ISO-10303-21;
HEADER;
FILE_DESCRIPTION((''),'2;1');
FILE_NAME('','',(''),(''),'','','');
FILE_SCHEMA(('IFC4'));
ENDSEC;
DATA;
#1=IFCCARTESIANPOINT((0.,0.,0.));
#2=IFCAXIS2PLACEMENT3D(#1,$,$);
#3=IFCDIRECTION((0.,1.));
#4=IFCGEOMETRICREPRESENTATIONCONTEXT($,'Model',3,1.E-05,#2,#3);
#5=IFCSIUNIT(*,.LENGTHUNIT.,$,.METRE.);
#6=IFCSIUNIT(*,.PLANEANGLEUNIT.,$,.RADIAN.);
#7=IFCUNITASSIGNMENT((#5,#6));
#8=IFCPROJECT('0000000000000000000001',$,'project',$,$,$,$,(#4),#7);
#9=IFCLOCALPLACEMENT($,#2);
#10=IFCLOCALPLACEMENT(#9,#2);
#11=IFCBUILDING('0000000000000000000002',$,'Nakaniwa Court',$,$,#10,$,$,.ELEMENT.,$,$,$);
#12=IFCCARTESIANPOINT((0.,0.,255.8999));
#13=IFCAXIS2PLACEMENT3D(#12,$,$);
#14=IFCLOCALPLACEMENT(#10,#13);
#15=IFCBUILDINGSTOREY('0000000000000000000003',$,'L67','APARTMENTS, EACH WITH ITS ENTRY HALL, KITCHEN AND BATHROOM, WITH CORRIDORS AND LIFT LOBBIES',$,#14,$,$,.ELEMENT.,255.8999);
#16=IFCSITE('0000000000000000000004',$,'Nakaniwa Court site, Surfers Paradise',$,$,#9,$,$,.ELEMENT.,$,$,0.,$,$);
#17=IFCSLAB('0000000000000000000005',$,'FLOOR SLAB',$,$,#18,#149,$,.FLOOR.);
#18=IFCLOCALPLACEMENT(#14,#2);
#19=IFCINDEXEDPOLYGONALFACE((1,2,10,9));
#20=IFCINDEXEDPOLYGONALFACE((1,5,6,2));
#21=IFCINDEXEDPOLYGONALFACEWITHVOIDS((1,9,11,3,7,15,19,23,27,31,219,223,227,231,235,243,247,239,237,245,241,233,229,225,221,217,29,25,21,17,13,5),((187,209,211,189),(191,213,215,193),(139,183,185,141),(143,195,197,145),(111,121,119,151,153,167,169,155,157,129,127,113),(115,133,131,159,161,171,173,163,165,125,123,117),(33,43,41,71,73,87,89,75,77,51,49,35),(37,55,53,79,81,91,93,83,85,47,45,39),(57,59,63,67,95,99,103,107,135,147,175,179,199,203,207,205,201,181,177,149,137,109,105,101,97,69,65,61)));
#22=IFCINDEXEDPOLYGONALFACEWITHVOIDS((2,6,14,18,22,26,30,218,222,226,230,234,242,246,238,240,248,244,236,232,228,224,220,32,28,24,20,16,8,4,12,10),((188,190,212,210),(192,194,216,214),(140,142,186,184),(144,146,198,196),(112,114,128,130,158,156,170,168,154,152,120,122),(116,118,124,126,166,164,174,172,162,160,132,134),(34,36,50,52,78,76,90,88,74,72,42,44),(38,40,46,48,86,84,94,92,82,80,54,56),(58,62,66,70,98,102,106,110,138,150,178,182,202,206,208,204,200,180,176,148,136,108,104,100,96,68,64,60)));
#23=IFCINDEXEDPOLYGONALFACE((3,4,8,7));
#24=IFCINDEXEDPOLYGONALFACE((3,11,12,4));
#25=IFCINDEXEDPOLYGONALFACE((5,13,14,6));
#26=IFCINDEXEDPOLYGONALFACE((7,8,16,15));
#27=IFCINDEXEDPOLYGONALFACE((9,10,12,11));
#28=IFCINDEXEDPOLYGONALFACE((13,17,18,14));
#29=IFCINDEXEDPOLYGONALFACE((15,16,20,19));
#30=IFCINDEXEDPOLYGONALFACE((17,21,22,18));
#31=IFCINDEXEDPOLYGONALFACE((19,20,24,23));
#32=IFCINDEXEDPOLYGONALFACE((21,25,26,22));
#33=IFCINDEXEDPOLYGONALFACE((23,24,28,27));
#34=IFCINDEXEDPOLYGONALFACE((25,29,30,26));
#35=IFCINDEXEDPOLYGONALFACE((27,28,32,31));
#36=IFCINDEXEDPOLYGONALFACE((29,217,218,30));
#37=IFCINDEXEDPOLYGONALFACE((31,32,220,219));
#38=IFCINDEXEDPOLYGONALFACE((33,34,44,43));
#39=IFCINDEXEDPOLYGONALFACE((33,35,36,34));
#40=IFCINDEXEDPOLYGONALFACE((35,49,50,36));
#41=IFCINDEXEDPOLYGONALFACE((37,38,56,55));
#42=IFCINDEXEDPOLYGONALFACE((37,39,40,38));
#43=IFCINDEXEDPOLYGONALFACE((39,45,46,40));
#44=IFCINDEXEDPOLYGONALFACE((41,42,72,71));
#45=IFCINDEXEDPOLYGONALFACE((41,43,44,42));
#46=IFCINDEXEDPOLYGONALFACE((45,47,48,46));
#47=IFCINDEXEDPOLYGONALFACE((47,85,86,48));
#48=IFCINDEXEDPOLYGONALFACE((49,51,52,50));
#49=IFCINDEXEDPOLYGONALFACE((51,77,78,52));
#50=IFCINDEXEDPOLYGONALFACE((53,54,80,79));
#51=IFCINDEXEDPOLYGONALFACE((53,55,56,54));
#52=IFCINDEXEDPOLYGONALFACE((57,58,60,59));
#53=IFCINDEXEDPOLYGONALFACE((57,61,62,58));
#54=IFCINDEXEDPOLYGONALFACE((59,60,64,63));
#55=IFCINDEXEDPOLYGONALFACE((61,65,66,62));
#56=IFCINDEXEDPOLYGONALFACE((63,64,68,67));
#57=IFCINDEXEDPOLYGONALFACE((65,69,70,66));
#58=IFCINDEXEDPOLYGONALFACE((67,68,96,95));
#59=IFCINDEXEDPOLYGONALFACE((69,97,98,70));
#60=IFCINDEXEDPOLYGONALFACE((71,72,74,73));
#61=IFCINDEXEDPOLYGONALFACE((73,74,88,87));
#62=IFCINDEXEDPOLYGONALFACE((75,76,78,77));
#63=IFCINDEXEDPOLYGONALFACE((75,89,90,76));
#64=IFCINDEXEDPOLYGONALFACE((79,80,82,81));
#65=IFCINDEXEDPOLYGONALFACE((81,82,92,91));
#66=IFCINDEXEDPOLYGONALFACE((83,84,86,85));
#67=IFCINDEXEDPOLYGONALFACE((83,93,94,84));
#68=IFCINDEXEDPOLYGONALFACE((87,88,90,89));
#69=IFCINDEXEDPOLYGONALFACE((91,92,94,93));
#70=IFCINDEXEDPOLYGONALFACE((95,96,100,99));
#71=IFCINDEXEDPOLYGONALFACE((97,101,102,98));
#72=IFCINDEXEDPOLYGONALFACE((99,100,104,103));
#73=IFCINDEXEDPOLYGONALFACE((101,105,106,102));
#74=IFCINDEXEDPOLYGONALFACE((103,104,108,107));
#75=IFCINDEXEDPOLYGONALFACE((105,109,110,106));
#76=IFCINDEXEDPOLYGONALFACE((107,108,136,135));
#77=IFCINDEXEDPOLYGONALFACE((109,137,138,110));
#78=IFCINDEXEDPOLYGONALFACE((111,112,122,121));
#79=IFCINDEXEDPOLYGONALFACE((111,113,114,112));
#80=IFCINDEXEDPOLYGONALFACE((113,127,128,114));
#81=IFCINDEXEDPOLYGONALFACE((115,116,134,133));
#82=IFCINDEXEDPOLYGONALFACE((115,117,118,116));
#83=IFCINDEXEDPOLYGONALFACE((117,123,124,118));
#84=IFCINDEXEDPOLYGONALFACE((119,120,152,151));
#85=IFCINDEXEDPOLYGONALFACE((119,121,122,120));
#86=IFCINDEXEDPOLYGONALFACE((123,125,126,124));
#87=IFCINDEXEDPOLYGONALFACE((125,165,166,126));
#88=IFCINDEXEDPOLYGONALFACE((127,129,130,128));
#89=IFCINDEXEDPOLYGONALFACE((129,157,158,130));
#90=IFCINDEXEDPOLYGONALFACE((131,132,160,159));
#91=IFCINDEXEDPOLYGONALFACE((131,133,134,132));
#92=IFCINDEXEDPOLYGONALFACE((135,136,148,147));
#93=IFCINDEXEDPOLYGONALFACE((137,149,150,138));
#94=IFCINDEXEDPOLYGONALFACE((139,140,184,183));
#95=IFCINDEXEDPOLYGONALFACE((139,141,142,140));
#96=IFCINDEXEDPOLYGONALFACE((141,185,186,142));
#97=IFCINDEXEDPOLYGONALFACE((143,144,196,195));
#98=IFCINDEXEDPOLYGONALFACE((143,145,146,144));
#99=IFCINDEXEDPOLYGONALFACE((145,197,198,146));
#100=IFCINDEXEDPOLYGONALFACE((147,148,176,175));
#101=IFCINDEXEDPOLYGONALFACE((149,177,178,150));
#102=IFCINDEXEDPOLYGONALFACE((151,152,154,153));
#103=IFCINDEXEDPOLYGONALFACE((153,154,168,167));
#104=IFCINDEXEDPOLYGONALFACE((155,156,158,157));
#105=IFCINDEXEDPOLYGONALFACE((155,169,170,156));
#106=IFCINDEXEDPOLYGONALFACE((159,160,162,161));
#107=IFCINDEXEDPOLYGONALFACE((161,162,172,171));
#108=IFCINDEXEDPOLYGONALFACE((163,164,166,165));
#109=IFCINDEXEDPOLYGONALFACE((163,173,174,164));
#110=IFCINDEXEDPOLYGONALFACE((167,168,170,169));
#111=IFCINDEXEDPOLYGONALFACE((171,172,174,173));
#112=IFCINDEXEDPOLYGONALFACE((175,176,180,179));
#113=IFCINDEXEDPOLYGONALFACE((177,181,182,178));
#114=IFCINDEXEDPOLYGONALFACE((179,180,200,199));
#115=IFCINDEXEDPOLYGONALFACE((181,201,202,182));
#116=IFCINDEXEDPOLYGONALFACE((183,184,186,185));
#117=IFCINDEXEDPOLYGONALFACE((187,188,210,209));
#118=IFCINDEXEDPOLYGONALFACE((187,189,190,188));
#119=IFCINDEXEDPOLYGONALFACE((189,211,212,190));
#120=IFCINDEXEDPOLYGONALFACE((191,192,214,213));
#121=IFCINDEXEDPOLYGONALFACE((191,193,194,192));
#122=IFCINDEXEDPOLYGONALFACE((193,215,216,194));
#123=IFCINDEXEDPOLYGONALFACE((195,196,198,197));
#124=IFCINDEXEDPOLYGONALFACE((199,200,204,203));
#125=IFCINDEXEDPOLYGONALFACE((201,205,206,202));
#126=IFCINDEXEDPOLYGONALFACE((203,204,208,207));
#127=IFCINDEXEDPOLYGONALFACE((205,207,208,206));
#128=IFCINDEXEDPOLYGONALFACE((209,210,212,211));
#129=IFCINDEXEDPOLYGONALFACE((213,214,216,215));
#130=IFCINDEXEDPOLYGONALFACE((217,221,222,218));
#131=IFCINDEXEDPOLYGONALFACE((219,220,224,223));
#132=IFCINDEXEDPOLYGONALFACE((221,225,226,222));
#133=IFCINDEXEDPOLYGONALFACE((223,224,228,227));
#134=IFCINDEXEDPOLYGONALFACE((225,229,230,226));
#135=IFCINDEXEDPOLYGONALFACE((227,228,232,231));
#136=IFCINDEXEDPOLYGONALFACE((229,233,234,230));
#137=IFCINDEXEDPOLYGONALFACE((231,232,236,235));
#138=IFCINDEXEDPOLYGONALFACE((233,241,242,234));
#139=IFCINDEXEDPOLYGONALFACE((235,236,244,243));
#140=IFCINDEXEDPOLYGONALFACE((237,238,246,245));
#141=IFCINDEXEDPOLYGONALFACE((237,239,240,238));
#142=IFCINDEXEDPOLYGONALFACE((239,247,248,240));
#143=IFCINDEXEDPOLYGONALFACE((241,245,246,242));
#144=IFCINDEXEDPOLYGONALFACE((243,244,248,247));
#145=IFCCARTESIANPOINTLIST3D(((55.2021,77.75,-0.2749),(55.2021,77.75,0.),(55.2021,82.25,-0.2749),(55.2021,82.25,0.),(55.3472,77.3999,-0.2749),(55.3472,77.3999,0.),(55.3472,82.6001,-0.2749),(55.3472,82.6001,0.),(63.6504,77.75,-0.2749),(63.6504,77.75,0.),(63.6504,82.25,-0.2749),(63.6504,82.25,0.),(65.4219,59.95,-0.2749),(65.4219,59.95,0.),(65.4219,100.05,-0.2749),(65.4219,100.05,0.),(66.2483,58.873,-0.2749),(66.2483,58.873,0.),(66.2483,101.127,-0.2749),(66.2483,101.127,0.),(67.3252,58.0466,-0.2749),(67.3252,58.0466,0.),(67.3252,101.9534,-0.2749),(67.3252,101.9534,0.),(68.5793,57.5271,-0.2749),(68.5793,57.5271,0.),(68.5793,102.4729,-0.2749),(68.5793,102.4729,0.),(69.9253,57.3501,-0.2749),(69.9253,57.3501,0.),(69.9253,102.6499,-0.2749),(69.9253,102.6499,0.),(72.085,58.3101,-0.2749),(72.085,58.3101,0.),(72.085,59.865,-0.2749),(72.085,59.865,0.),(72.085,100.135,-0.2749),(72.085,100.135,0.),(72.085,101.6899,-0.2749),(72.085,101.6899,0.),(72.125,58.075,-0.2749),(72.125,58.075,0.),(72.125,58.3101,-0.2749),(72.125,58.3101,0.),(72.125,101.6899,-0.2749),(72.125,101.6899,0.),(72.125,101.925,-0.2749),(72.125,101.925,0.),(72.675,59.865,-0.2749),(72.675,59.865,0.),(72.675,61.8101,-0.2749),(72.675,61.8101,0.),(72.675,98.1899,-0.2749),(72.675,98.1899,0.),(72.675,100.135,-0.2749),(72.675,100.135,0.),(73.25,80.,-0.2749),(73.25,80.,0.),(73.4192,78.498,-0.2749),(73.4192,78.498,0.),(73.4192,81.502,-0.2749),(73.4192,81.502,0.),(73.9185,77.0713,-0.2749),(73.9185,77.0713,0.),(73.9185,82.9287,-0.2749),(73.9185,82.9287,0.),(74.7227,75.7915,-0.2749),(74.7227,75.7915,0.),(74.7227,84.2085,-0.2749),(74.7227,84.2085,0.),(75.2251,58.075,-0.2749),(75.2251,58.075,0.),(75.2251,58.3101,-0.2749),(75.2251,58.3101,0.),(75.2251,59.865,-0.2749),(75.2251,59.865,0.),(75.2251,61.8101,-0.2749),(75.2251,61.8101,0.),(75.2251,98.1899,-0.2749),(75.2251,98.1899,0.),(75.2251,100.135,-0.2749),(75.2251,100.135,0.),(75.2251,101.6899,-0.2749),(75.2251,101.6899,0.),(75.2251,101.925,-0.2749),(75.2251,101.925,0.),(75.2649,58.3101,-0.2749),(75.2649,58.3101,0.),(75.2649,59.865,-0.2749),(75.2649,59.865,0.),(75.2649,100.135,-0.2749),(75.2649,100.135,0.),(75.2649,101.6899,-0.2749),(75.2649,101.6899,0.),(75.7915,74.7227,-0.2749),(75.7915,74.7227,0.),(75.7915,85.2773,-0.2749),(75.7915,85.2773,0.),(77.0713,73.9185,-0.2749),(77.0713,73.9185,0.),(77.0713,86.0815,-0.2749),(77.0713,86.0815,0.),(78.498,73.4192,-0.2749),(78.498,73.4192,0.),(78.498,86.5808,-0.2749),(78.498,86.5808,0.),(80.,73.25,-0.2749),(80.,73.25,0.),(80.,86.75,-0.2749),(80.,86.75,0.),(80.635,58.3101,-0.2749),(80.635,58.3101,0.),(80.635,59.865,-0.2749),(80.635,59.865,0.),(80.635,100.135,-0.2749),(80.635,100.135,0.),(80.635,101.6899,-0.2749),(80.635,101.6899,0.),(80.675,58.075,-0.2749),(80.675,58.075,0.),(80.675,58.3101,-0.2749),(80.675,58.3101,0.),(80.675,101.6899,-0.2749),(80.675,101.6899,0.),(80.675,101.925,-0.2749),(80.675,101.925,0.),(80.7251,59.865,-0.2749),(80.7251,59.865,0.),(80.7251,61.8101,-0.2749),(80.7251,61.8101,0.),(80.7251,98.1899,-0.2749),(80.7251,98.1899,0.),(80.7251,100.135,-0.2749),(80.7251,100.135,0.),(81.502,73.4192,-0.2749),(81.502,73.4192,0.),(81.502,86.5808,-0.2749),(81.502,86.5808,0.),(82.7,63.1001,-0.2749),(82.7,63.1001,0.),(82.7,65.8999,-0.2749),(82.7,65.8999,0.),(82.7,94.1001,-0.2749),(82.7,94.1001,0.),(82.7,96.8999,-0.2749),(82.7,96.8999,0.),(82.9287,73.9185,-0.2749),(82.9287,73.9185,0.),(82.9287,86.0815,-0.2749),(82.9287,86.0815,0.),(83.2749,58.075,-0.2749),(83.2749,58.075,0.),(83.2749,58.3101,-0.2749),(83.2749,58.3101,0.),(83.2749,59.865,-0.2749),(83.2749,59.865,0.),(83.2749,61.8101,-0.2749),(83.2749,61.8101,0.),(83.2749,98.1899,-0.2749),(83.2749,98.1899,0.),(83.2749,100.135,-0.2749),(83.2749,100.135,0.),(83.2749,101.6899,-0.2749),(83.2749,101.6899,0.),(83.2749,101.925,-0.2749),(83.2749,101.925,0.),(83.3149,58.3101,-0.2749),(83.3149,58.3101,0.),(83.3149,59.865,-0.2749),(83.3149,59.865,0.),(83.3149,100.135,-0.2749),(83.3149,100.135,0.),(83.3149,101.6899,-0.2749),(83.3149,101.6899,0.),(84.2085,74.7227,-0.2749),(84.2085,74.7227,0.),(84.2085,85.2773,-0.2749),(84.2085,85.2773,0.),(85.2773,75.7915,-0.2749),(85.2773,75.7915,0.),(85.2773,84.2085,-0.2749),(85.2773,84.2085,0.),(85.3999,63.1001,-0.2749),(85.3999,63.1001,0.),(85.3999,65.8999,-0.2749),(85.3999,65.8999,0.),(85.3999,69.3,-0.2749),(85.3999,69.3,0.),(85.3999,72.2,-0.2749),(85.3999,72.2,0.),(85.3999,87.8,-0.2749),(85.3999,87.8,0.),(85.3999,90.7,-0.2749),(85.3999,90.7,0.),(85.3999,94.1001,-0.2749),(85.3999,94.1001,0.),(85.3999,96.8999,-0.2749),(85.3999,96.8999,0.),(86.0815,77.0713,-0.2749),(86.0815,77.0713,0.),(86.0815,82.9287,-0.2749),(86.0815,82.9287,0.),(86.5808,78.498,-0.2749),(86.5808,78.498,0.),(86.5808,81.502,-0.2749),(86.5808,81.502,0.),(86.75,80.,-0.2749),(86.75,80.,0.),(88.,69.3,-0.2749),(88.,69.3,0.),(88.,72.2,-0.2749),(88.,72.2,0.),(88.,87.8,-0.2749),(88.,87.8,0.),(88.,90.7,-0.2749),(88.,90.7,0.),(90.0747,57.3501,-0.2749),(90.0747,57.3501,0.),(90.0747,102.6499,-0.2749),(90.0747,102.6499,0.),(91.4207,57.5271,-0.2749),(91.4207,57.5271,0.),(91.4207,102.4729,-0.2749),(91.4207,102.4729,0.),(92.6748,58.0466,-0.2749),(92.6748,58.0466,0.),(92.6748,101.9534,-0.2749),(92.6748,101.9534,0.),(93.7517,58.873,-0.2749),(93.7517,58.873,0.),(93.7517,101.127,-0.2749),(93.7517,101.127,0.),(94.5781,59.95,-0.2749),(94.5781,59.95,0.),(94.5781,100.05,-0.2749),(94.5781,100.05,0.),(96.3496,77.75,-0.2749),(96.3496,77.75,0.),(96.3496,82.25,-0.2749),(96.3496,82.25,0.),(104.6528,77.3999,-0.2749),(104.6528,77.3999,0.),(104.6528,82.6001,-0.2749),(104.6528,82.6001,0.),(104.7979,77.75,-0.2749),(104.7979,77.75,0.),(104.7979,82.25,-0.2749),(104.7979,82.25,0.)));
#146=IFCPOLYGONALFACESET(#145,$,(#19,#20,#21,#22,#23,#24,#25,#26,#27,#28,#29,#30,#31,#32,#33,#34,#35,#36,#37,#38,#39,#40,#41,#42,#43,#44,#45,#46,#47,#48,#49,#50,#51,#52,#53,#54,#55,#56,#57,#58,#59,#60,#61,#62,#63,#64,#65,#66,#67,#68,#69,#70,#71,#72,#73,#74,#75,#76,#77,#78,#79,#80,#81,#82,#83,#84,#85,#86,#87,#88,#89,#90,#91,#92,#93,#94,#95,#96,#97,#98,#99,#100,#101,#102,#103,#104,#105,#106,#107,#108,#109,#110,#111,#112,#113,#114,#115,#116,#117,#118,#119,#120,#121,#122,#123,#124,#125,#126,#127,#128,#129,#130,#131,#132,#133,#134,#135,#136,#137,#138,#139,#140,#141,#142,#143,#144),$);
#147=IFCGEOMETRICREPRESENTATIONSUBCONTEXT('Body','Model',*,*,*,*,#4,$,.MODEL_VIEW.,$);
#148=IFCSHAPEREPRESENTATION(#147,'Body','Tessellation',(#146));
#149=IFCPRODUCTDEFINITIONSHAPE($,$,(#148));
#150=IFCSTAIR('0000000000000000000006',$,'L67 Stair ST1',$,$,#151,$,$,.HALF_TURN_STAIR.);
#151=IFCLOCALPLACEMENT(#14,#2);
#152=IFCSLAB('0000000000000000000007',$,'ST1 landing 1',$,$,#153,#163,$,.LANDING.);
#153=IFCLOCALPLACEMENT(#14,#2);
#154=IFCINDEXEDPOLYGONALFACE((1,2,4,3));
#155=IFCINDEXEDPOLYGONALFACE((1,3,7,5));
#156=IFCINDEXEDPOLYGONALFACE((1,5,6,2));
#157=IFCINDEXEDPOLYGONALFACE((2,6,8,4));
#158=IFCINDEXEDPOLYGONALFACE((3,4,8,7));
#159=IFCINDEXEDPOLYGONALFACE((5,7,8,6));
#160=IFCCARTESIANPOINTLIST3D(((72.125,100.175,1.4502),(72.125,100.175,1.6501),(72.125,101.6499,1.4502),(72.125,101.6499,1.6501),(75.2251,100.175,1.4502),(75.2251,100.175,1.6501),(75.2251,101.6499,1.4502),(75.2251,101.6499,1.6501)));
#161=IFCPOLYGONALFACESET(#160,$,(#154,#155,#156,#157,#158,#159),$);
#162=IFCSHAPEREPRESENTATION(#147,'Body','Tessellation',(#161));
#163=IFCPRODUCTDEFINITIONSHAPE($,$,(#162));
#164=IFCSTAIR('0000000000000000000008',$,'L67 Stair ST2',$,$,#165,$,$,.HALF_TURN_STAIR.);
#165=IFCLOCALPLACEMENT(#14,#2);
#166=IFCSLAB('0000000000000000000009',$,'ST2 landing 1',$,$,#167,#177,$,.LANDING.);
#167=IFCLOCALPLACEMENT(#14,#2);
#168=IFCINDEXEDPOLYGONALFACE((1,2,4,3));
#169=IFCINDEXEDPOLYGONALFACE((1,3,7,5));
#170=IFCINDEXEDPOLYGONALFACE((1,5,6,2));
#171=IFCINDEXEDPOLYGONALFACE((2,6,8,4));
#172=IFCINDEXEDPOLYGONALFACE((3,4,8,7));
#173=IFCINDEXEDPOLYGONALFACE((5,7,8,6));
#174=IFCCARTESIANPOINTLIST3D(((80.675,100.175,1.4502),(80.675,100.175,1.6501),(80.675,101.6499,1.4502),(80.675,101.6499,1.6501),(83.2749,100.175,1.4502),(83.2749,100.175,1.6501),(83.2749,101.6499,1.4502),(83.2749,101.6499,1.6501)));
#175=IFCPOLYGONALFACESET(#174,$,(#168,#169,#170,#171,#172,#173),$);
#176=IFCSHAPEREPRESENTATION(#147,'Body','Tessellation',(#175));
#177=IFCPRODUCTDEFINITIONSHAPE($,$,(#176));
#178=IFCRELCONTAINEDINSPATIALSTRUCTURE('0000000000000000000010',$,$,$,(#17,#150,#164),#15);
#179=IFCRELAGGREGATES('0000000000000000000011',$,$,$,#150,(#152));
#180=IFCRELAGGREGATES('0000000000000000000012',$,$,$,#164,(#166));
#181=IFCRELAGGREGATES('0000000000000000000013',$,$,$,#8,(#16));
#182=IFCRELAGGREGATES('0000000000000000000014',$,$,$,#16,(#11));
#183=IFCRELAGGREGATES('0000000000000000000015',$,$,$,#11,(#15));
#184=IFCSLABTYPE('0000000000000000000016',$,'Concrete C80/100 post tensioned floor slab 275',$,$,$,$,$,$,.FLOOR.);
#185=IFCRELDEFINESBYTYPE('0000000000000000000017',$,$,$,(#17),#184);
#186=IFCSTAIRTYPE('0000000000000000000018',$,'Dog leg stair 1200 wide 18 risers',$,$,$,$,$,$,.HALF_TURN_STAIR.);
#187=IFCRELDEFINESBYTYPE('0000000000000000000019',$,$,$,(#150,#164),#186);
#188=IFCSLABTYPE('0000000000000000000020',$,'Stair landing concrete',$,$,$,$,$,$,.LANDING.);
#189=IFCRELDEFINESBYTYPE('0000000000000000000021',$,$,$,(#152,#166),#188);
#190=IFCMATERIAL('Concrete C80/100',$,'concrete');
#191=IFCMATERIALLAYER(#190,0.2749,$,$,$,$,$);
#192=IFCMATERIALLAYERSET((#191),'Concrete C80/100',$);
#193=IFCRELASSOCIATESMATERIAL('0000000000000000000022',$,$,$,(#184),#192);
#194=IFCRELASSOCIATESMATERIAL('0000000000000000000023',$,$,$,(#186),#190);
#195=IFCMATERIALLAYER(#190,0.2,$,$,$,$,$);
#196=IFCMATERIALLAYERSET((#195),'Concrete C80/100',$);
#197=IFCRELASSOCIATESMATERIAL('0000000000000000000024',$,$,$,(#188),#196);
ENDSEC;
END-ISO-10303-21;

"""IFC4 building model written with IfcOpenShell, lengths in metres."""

from ifc_helpers import new_model, si_unit, direction, frame, origin, place, context, subcontext, project, spatial, polyline, outline, extrude, material, layer, layer_set, type_object, element, aggregate, save


model = new_model("IFC4")

# Units and contexts
model_context = context("Model", 3, precision=1e-05, world=origin(), true_north=direction((0.0, 1.0)))
body_context = subcontext(model_context, "Body", "Model", "MODEL_VIEW")
ifc_project = project(units=[si_unit("LENGTHUNIT", "METRE"), si_unit("PLANEANGLEUNIT", "RADIAN")], contexts=[model_context])

# Site, building, storey
site_placement = place(None, origin())
site = spatial("IfcSite", under=ifc_project, at=site_placement, Name="Nakaniwa Court site, Surfers Paradise", CompositionType="ELEMENT", RefElevation=0.0)
building_placement = place(site_placement, origin())
building = spatial("IfcBuilding", under=site, at=building_placement, Name="Nakaniwa Court", CompositionType="ELEMENT")
storey_placement = place(building_placement, frame((0.0, 0.0, 255.8999)))
storey = spatial("IfcBuildingStorey", under=building, at=storey_placement, Name="L67", Description="APARTMENTS, EACH WITH ITS ENTRY HALL, KITCHEN AND BATHROOM, WITH CORRIDORS AND LIFT LOBBIES", CompositionType="ELEMENT", Elevation=255.8999)

# Shared definitions
ifc_material_1 = material(Name="Concrete C80/100", Category="concrete")

# Slab
ifc_layer_1 = layer(ifc_material_1, 0.2749)
ifc_layer_set_1 = layer_set([ifc_layer_1], Name="Concrete C80/100")
slab_type_1 = type_object("IfcSlabType", Name="Concrete C80/100 post tensioned floor slab 275", PredefinedType="FLOOR", material=ifc_layer_set_1)
slab_1_placement = place(storey_placement, frame((0.0, 0.0, -0.2749)))
element("IfcSlab", 1, at=slab_1_placement, inside=storey, type_object=slab_type_1, Name="FLOOR SLAB", PredefinedType="FLOOR", context=body_context, shape_type="SweptSolid", body=[
    extrude(outline(polyline([(96.3496, 82.25), (104.7979, 82.25), (104.6528, 82.6001), (94.5781, 100.05), (93.7517, 101.127), (92.6748, 101.9534), (91.4207, 102.4729), (90.0747, 102.6499), (69.9253, 102.6499), (68.5793, 102.4729), (67.3252, 101.9534), (66.2483, 101.127), (65.4219, 100.05), (55.3472, 82.6001), (55.2021, 82.25), (63.6504, 82.25), (63.6504, 77.75), (55.2021, 77.75), (55.3472, 77.3999), (65.4219, 59.95), (66.2483, 58.873), (67.3252, 58.0466), (68.5793, 57.5271), (69.9253, 57.3501), (90.0747, 57.3501), (91.4207, 57.5271), (92.6748, 58.0466), (93.7517, 58.873), (94.5781, 59.95), (104.6528, 77.3999), (104.7979, 77.75), (96.3496, 77.75), (96.3496, 82.25)]), holes=[polyline([(81.502, 86.5808), (80.0, 86.75), (78.498, 86.5808), (77.0713, 86.0815), (75.7915, 85.2773), (74.7227, 84.2085), (73.9185, 82.9287), (73.4192, 81.502), (73.25, 80.0), (73.4192, 78.498), (73.9185, 77.0713), (74.7227, 75.7915), (75.7915, 74.7227), (77.0713, 73.9185), (78.498, 73.4192), (80.0, 73.25), (81.502, 73.4192), (82.9287, 73.9185), (84.2085, 74.7227), (85.2773, 75.7915), (86.0815, 77.0713), (86.5808, 78.498), (86.75, 80.0), (86.5808, 81.502), (86.0815, 82.9287), (85.2773, 84.2085), (84.2085, 85.2773), (82.9287, 86.0815), (81.502, 86.5808)]), polyline([(72.675, 61.8101), (72.675, 59.865), (72.085, 59.865), (72.085, 58.3101), (72.125, 58.3101), (72.125, 58.075), (75.2251, 58.075), (75.2251, 58.3101), (75.2649, 58.3101), (75.2649, 59.865), (75.2251, 59.865), (75.2251, 61.8101), (72.675, 61.8101)]), polyline([(83.2749, 61.8101), (80.7251, 61.8101), (80.7251, 59.865), (80.635, 59.865), (80.635, 58.3101), (80.675, 58.3101), (80.675, 58.075), (83.2749, 58.075), (83.2749, 58.3101), (83.3149, 58.3101), (83.3149, 59.865), (83.2749, 59.865), (83.2749, 61.8101)]), polyline([(75.2649, 101.6899), (75.2251, 101.6899), (75.2251, 101.925), (72.125, 101.925), (72.125, 101.6899), (72.085, 101.6899), (72.085, 100.135), (72.675, 100.135), (72.675, 98.1899), (75.2251, 98.1899), (75.2251, 100.135), (75.2649, 100.135), (75.2649, 101.6899)]), polyline([(83.3149, 100.135), (83.3149, 101.6899), (83.2749, 101.6899), (83.2749, 101.925), (80.675, 101.925), (80.675, 101.6899), (80.635, 101.6899), (80.635, 100.135), (80.7251, 100.135), (80.7251, 98.1899), (83.2749, 98.1899), (83.2749, 100.135), (83.3149, 100.135)]), polyline([(85.3999, 65.8999), (82.7, 65.8999), (82.7, 63.1001), (85.3999, 63.1001), (85.3999, 65.8999)]), polyline([(88.0, 72.2), (85.3999, 72.2), (85.3999, 69.3), (88.0, 69.3), (88.0, 72.2)]), polyline([(85.3999, 90.7), (85.3999, 87.8), (88.0, 87.8), (88.0, 90.7), (85.3999, 90.7)]), polyline([(85.3999, 96.8999), (82.7, 96.8999), (82.7, 94.1001), (85.3999, 94.1001), (85.3999, 96.8999)])]), origin(), (0.0, 0.0, 1.0), 0.2749),
])

# Stairs, slabs
stair_type = type_object("IfcStairType", Name="Dog leg stair 1200 wide 18 risers", PredefinedType="HALF_TURN_STAIR", material=ifc_material_1)
stair_1_placement = place(storey_placement, origin())
stair_1 = element("IfcStair", 2, at=stair_1_placement, inside=storey, type_object=stair_type, Name="L67 Stair ST1", PredefinedType="HALF_TURN_STAIR")
ifc_layer_2 = layer(ifc_material_1, 0.2)
ifc_layer_set_2 = layer_set([ifc_layer_2], Name="Concrete C80/100")
slab_type_2 = type_object("IfcSlabType", Name="Stair landing concrete", PredefinedType="LANDING", material=ifc_layer_set_2)
slab_2_placement = place(storey_placement, frame((0.0, 0.0, 1.4502)))
slab_2 = element("IfcSlab", 3, at=slab_2_placement, type_object=slab_type_2, Name="ST1 landing 1", PredefinedType="LANDING", context=body_context, shape_type="SweptSolid", body=[
    extrude(outline(polyline([(75.2251, 100.175), (75.2251, 101.6499), (72.125, 101.6499), (72.125, 100.175), (75.2251, 100.175)])), origin(), (0.0, 0.0, 1.0), 0.2),
])
aggregate(stair_1, [slab_2])
stair_2_placement = place(storey_placement, origin())
stair_2 = element("IfcStair", 4, at=stair_2_placement, inside=storey, type_object=stair_type, Name="L67 Stair ST2", PredefinedType="HALF_TURN_STAIR")
slab_3_placement = place(storey_placement, frame((0.0, 0.0, 1.4502)))
slab_3 = element("IfcSlab", 5, at=slab_3_placement, type_object=slab_type_2, Name="ST2 landing 1", PredefinedType="LANDING", context=body_context, shape_type="SweptSolid", body=[
    extrude(outline(polyline([(83.2749, 100.175), (83.2749, 101.6499), (80.675, 101.6499), (80.675, 100.175), (83.2749, 100.175)])), origin(), (0.0, 0.0, 1.0), 0.2),
])
aggregate(stair_2, [slab_3])

save(model, "model.ifc")
